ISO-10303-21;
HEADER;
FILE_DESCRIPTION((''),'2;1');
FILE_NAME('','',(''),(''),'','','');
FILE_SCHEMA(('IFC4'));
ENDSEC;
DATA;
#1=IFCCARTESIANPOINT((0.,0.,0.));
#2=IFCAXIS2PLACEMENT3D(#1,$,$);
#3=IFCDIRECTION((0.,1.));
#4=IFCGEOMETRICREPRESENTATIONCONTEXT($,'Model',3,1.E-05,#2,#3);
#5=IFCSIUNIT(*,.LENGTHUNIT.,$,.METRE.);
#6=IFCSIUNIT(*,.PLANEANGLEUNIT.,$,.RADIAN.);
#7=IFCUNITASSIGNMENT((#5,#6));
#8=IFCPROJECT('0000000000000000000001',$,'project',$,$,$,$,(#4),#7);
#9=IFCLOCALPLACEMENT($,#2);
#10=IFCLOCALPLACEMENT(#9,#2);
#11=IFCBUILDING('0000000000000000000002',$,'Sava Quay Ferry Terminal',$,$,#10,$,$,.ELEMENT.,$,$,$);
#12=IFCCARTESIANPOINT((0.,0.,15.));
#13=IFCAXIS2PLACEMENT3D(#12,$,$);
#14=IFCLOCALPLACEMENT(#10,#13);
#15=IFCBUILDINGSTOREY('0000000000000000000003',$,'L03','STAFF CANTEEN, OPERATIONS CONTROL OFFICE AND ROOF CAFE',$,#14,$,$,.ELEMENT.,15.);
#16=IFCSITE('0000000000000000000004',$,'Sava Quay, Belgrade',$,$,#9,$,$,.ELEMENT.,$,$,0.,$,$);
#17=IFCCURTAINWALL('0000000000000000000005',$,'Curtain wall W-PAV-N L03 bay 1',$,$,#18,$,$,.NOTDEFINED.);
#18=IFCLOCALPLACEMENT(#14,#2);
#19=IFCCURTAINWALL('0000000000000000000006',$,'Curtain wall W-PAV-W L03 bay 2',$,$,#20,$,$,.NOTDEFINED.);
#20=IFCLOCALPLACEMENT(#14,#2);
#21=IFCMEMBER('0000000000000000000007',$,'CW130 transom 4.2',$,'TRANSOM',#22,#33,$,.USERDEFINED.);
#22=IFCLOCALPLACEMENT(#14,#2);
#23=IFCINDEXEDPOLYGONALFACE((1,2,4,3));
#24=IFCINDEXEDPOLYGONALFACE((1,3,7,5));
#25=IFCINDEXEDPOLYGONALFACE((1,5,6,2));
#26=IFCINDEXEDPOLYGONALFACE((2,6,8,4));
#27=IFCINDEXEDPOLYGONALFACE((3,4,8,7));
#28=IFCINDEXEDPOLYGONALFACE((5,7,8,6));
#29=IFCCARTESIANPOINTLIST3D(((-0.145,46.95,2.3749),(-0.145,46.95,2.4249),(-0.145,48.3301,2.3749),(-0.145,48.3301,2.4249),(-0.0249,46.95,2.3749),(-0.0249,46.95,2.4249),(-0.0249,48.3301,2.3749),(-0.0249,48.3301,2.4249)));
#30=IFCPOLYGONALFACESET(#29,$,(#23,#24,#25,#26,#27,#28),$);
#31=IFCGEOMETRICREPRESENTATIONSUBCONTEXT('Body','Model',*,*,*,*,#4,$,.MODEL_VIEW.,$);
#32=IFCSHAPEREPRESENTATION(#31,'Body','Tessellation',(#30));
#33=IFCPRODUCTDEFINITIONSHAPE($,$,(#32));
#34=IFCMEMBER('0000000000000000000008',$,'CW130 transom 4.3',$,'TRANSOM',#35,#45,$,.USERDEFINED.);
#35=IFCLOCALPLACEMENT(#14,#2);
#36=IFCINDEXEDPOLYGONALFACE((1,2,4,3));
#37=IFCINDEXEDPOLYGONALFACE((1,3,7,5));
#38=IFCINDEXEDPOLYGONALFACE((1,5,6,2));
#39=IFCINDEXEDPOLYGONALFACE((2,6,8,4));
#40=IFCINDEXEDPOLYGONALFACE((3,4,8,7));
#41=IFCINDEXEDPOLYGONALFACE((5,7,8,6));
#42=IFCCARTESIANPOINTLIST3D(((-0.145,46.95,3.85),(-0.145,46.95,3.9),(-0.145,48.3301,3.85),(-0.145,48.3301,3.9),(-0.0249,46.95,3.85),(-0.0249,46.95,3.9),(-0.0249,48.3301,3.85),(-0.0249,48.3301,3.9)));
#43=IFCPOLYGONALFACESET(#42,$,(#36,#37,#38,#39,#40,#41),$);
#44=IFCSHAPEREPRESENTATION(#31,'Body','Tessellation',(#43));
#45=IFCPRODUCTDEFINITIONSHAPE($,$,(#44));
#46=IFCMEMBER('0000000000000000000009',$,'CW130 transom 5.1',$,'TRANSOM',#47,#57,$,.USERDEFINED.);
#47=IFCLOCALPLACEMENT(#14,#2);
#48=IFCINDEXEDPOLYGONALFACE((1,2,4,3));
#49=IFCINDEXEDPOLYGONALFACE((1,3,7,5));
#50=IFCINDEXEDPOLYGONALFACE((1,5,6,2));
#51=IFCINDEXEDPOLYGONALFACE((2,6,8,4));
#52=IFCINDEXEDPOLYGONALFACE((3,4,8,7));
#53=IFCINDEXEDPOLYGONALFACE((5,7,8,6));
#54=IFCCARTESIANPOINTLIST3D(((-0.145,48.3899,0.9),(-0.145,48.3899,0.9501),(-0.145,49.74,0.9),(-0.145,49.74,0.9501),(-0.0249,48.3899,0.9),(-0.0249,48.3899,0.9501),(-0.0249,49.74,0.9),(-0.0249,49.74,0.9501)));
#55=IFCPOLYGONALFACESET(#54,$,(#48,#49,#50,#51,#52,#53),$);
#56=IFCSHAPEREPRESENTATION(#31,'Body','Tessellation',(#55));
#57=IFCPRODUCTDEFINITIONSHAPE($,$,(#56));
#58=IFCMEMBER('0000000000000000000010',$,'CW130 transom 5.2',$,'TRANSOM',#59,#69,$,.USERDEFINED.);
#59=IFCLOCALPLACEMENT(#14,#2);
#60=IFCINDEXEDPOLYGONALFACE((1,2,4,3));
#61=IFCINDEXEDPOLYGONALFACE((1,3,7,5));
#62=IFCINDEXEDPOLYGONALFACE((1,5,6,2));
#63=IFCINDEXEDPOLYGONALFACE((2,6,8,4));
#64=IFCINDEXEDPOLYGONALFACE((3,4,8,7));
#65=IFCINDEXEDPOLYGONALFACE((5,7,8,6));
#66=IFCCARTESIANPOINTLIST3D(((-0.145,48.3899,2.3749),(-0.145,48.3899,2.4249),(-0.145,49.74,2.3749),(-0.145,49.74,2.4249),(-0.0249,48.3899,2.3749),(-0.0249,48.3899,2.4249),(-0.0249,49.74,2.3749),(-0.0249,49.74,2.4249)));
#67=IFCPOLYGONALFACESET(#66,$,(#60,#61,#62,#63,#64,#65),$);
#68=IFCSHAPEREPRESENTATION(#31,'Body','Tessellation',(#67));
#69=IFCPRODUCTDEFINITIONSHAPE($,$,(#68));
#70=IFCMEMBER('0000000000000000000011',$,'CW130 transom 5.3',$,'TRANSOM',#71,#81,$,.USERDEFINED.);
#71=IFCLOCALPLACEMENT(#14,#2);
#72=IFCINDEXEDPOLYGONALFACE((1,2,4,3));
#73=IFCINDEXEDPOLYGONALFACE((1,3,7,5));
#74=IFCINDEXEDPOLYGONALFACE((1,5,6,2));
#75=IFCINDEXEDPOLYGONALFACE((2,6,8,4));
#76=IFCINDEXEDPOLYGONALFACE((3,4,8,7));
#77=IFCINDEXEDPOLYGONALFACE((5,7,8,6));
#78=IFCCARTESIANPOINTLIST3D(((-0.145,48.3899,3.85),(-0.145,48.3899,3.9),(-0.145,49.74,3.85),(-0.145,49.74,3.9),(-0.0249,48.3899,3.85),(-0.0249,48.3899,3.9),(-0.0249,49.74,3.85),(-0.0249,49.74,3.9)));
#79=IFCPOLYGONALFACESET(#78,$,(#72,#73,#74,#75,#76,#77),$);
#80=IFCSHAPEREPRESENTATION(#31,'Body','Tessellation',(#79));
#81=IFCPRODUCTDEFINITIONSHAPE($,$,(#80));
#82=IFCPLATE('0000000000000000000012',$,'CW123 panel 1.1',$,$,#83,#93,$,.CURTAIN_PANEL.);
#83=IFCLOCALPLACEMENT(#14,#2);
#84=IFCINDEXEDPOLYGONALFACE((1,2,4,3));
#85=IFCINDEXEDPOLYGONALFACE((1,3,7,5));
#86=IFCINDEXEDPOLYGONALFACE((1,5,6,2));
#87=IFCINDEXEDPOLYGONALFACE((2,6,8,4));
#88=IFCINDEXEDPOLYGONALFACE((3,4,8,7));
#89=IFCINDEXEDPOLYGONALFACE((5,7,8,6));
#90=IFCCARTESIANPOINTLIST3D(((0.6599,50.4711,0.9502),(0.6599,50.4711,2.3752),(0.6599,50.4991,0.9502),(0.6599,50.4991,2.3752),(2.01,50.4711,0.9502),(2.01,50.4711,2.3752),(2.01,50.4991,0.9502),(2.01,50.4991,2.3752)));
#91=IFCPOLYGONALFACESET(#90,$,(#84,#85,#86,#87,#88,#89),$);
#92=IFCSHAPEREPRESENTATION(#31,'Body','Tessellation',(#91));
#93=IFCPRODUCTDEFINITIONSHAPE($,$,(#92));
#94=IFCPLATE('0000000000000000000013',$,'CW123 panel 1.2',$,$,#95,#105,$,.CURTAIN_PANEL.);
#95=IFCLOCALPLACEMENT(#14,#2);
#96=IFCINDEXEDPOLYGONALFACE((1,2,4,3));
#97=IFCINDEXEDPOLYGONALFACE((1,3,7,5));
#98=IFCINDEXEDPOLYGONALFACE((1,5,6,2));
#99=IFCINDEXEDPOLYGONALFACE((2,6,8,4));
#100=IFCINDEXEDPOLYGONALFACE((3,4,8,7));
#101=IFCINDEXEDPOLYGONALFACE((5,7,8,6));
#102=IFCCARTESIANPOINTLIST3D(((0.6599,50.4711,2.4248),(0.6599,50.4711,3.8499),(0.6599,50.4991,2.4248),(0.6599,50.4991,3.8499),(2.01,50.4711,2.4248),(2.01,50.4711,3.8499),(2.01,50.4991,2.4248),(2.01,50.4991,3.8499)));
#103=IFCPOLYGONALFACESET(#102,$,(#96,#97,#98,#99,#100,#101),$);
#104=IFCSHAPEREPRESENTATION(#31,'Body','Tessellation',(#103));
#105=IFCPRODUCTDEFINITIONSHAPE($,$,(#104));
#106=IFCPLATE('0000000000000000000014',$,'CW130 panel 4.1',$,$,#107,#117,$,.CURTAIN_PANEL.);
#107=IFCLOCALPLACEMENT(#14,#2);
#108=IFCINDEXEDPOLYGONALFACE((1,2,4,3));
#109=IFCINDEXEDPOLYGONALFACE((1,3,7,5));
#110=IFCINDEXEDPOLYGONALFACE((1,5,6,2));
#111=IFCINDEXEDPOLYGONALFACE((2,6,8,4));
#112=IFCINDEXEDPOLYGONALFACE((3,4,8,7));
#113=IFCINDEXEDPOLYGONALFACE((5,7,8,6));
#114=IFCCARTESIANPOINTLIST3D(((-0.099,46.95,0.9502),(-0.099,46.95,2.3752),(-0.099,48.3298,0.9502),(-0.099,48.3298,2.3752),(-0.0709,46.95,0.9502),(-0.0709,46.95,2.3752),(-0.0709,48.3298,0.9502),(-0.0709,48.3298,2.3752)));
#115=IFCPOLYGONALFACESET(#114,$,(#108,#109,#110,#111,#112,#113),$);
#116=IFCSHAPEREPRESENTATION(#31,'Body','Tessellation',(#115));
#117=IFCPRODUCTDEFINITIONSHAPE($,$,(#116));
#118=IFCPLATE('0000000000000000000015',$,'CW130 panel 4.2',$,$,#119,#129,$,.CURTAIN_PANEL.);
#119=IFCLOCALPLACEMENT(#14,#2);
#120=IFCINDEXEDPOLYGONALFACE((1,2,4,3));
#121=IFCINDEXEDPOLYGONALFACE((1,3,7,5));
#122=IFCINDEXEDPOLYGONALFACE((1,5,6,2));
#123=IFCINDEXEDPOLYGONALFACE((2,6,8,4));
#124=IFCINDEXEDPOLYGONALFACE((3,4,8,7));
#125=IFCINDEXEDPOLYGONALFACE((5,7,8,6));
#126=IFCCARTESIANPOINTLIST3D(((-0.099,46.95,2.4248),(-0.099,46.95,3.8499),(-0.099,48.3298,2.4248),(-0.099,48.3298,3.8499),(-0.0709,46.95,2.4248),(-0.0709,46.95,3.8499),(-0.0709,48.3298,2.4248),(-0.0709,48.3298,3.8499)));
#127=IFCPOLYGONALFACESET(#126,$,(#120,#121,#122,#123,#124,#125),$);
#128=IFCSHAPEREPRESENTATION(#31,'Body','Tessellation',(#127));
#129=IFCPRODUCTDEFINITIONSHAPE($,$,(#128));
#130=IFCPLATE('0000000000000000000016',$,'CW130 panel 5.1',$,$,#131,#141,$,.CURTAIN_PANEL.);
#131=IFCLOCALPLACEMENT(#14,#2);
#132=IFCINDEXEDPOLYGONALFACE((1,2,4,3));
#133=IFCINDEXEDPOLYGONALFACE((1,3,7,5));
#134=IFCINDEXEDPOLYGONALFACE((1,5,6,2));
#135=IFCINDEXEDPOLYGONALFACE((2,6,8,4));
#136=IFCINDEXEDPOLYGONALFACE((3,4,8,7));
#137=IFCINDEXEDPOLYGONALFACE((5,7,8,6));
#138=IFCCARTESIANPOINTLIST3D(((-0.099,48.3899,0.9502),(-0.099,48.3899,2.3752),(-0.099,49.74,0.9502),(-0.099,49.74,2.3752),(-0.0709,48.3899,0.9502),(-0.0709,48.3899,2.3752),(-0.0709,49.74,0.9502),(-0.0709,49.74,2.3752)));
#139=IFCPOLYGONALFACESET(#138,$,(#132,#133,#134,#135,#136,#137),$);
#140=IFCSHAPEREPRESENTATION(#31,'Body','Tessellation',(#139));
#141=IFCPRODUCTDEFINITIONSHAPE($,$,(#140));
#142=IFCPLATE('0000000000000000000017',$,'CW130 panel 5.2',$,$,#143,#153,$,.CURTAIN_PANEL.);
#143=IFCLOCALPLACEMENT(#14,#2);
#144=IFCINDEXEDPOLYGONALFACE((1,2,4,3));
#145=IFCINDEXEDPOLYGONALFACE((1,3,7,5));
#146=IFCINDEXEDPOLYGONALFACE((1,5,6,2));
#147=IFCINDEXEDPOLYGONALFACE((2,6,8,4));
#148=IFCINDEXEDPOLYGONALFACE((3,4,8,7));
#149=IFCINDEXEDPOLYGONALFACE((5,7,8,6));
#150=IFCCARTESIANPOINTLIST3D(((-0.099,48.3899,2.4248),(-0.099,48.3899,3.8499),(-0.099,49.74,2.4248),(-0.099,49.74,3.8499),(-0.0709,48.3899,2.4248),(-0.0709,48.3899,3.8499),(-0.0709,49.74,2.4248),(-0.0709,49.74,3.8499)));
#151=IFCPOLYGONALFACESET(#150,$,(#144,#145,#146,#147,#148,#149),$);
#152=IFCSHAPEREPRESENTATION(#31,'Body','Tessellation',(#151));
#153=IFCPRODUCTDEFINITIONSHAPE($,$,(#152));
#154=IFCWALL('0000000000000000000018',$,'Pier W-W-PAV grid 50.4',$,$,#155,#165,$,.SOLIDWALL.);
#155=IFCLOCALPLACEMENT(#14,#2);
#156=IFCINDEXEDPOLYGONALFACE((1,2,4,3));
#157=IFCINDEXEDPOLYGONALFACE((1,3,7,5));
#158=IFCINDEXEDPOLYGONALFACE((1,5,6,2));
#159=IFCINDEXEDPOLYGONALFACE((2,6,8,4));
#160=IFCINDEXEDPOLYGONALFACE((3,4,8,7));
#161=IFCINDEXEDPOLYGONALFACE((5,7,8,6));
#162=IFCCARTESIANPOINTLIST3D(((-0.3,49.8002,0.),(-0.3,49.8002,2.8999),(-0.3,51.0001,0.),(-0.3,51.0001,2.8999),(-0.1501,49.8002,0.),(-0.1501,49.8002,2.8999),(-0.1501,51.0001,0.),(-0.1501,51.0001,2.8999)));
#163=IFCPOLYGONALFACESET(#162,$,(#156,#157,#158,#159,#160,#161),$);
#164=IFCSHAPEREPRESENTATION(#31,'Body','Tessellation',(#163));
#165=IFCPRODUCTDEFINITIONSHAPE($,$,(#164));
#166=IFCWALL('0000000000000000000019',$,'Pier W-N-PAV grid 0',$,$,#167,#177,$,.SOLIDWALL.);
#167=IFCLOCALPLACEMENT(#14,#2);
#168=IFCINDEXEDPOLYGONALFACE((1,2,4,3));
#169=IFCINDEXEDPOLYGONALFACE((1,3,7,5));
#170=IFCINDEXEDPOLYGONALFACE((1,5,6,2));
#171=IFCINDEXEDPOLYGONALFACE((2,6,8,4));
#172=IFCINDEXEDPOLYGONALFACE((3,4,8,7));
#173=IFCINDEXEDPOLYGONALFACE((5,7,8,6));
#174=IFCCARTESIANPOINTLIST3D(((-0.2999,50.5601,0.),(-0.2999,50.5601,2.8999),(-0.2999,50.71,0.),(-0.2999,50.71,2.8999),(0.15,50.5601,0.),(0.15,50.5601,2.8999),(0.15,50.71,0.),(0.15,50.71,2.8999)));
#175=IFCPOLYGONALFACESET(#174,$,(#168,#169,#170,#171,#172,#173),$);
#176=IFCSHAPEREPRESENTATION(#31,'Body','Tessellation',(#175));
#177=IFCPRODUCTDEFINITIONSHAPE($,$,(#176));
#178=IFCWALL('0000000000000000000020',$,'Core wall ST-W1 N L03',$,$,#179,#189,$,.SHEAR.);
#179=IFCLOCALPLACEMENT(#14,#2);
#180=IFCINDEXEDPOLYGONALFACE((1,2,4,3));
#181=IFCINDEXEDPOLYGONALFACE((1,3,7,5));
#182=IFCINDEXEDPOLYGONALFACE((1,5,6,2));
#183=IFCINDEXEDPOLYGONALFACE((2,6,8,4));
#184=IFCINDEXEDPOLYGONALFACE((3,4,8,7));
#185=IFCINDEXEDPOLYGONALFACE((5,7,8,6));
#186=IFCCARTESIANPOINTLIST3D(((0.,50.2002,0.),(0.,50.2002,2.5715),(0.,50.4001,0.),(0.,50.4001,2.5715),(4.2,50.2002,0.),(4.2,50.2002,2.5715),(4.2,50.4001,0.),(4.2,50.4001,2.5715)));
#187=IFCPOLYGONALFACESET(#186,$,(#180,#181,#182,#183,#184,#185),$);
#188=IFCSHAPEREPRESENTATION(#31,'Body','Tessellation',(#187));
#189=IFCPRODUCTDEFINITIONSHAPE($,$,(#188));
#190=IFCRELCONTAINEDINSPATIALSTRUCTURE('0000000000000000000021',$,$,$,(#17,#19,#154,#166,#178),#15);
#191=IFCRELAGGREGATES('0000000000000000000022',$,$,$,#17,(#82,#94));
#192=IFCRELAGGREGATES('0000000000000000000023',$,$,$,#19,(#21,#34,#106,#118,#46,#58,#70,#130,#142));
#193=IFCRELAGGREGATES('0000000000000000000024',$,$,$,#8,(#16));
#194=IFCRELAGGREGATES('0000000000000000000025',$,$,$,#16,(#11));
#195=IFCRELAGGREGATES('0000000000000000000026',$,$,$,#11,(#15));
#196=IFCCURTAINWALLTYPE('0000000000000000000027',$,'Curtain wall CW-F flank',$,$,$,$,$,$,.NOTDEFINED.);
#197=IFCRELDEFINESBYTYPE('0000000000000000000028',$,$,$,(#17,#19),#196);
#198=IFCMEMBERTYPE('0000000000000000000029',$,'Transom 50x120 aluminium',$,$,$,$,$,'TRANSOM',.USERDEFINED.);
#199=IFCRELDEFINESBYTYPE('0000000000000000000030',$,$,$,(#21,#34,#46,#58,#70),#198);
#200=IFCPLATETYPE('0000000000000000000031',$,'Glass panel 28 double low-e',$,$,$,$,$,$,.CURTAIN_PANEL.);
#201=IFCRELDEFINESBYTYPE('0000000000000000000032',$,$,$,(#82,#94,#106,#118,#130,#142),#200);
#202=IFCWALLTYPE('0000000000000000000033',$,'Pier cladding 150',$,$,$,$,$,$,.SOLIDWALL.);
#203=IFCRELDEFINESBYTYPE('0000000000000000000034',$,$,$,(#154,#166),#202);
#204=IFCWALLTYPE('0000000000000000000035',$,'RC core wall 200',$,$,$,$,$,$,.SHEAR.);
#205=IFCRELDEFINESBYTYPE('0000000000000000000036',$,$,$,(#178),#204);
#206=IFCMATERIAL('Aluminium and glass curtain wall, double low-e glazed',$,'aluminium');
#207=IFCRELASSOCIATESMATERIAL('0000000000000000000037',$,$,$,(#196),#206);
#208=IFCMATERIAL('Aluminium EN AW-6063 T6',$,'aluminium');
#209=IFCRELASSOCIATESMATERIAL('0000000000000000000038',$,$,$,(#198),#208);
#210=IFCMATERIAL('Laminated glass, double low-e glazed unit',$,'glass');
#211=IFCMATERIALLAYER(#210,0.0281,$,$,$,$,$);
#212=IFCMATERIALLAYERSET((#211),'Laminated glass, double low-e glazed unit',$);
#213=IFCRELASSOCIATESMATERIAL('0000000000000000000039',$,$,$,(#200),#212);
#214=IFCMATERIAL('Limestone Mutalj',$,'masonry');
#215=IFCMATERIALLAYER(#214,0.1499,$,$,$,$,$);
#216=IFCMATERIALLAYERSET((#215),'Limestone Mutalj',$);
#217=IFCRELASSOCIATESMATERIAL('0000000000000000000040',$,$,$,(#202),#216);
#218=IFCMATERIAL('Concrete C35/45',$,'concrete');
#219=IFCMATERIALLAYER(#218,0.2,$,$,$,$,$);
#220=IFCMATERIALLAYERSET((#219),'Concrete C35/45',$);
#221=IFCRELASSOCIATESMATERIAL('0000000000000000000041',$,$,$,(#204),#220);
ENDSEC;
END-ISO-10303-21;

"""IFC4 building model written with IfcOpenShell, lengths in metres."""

from ifc_helpers import new_model, si_unit, direction, frame, frame_2d, origin, origin_2d, place, context, subcontext, project, spatial, polyline, rectangle, outline, extrude, material, layer, layer_set, material_profile, profile_set, type_object, element, aggregate, save


model = new_model("IFC4")

# Units and contexts
model_context = context("Model", 3, precision=1e-05, world=origin(), true_north=direction((0.0, 1.0)))
body_context = subcontext(model_context, "Body", "Model", "MODEL_VIEW")
ifc_project = project(units=[si_unit("LENGTHUNIT", "METRE"), si_unit("PLANEANGLEUNIT", "RADIAN")], contexts=[model_context])

# Site, building, storey
site_placement = place(None, origin())
site = spatial("IfcSite", under=ifc_project, at=site_placement, Name="Sava Quay, Belgrade", CompositionType="ELEMENT", RefElevation=0.0)
building_placement = place(site_placement, origin())
building = spatial("IfcBuilding", under=site, at=building_placement, Name="Sava Quay Ferry Terminal", CompositionType="ELEMENT")
storey_placement = place(building_placement, frame((0.0, 0.0, 15.0)))
storey = spatial("IfcBuildingStorey", under=building, at=storey_placement, Name="L03", Description="STAFF CANTEEN, OPERATIONS CONTROL OFFICE AND ROOF CAFE", CompositionType="ELEMENT", Elevation=15.0)

# Curtain walls
ifc_material_1 = material(Name="Aluminium and glass curtain wall, double low-e glazed", Category="aluminium")
curtain_wall_type = type_object("IfcCurtainWallType", Name="Curtain wall CW-F flank", PredefinedType="NOTDEFINED", material=ifc_material_1)
curtain_wall_1_placement = place(storey_placement, origin())
curtain_wall_1 = element("IfcCurtainWall", 1, at=curtain_wall_1_placement, inside=storey, type_object=curtain_wall_type, Name="Curtain wall W-PAV-N L03 bay 1", PredefinedType="NOTDEFINED")
curtain_wall_2_placement = place(storey_placement, origin())
curtain_wall_2 = element("IfcCurtainWall", 2, at=curtain_wall_2_placement, inside=storey, type_object=curtain_wall_type, Name="Curtain wall W-PAV-W L03 bay 2", PredefinedType="NOTDEFINED")

# Members
ifc_material_2 = material(Name="Aluminium EN AW-6063 T6", Category="aluminium")
ifc_material_profile_1 = material_profile(ifc_material_2, rectangle(XDim=0.1201, YDim=0.05, at=origin_2d()), Name="Transom 50x120 aluminium")
ifc_profile_set_1 = profile_set([ifc_material_profile_1], Name="Aluminium EN AW-6063 T6")
member_type_1 = type_object("IfcMemberType", Name="Transom 50x120 aluminium", ElementType="TRANSOM", PredefinedType="USERDEFINED", material=ifc_profile_set_1)
member_1_placement = place(storey_placement, frame((-0.085, 46.95, 2.3999), z_axis=(0.0, 1.0, 0.0), x_axis=(-1.0, 0.0, 0.0)))
member_1 = element("IfcMember", 3, at=member_1_placement, type_object=member_type_1, Name="CW130 transom 4.2", ObjectType="TRANSOM", PredefinedType="USERDEFINED", context=body_context, shape_type="SweptSolid", body=[
    extrude(rectangle(XDim=0.1201, YDim=0.05, at=origin_2d()), origin(), (0.0, 0.0, 1.0), 1.3801),
])
member_2_placement = place(storey_placement, frame((-0.085, 46.95, 3.875), z_axis=(0.0, 1.0, 0.0), x_axis=(-1.0, 0.0, 0.0)))
member_2 = element("IfcMember", 4, at=member_2_placement, type_object=member_type_1, Name="CW130 transom 4.3", ObjectType="TRANSOM", PredefinedType="USERDEFINED", context=body_context, shape_type="SweptSolid", body=[
    extrude(rectangle(XDim=0.1201, YDim=0.05, at=origin_2d()), origin(), (0.0, 0.0, 1.0), 1.3801),
])
member_3_placement = place(storey_placement, frame((-0.085, 48.3899, 0.925), z_axis=(0.0, 1.0, 0.0), x_axis=(-1.0, 0.0, 0.0)))
member_3 = element("IfcMember", 5, at=member_3_placement, type_object=member_type_1, Name="CW130 transom 5.1", ObjectType="TRANSOM", PredefinedType="USERDEFINED", context=body_context, shape_type="SweptSolid", body=[
    extrude(rectangle(XDim=0.1201, YDim=0.05, at=origin_2d()), origin(), (0.0, 0.0, 1.0), 1.3501),
])
member_4_placement = place(storey_placement, frame((-0.085, 48.3899, 2.3999), z_axis=(0.0, 1.0, 0.0), x_axis=(-1.0, 0.0, 0.0)))
member_4 = element("IfcMember", 6, at=member_4_placement, type_object=member_type_1, Name="CW130 transom 5.2", ObjectType="TRANSOM", PredefinedType="USERDEFINED", context=body_context, shape_type="SweptSolid", body=[
    extrude(rectangle(XDim=0.1201, YDim=0.05, at=origin_2d()), origin(), (0.0, 0.0, 1.0), 1.3501),
])
member_5_placement = place(storey_placement, frame((-0.085, 48.3899, 3.875), z_axis=(0.0, 1.0, 0.0), x_axis=(-1.0, 0.0, 0.0)))
member_5 = element("IfcMember", 7, at=member_5_placement, type_object=member_type_1, Name="CW130 transom 5.3", ObjectType="TRANSOM", PredefinedType="USERDEFINED", context=body_context, shape_type="SweptSolid", body=[
    extrude(rectangle(XDim=0.1201, YDim=0.05, at=origin_2d()), origin(), (0.0, 0.0, 1.0), 1.3501),
])

# Plates
ifc_material_3 = material(Name="Laminated glass, double low-e glazed unit", Category="glass")
ifc_layer_1 = layer(ifc_material_3, 0.0281)
ifc_layer_set_1 = layer_set([ifc_layer_1], Name="Laminated glass, double low-e glazed unit")
plate_type = type_object("IfcPlateType", Name="Glass panel 28 double low-e", PredefinedType="CURTAIN_PANEL", material=ifc_layer_set_1)
plate_1_placement = place(storey_placement, frame((1.335, 50.4851, 0.9502), z_axis=(0.0, 0.0, 1.0), x_axis=(1.0, 0.0, 0.0)))
plate_1 = element("IfcPlate", 8, at=plate_1_placement, type_object=plate_type, Name="CW123 panel 1.1", PredefinedType="CURTAIN_PANEL", context=body_context, shape_type="SweptSolid", body=[
    extrude(rectangle(XDim=1.3501, YDim=0.0281, at=origin_2d()), origin(), (0.0, 0.0, 1.0), 1.425),
])
plate_2_placement = place(storey_placement, frame((1.335, 50.4851, 2.4248), z_axis=(0.0, 0.0, 1.0), x_axis=(1.0, 0.0, 0.0)))
plate_2 = element("IfcPlate", 9, at=plate_2_placement, type_object=plate_type, Name="CW123 panel 1.2", PredefinedType="CURTAIN_PANEL", context=body_context, shape_type="SweptSolid", body=[
    extrude(rectangle(XDim=1.3501, YDim=0.0281, at=origin_2d()), origin(), (0.0, 0.0, 1.0), 1.425),
])
aggregate(curtain_wall_1, [plate_1, plate_2])
plate_3_placement = place(storey_placement, frame((-0.085, 47.6399, 0.9502), z_axis=(0.0, 0.0, 1.0), x_axis=(0.0, 1.0, 0.0)))
plate_3 = element("IfcPlate", 10, at=plate_3_placement, type_object=plate_type, Name="CW130 panel 4.1", PredefinedType="CURTAIN_PANEL", context=body_context, shape_type="SweptSolid", body=[
    extrude(rectangle(XDim=1.3799, YDim=0.0281, at=origin_2d()), origin(), (0.0, 0.0, 1.0), 1.425),
])
plate_4_placement = place(storey_placement, frame((-0.085, 47.6399, 2.4248), z_axis=(0.0, 0.0, 1.0), x_axis=(0.0, 1.0, 0.0)))
plate_4 = element("IfcPlate", 11, at=plate_4_placement, type_object=plate_type, Name="CW130 panel 4.2", PredefinedType="CURTAIN_PANEL", context=body_context, shape_type="SweptSolid", body=[
    extrude(rectangle(XDim=1.3799, YDim=0.0281, at=origin_2d()), origin(), (0.0, 0.0, 1.0), 1.425),
])
plate_5_placement = place(storey_placement, frame((-0.085, 49.0649, 0.9502), z_axis=(0.0, 0.0, 1.0), x_axis=(0.0, 1.0, 0.0)))
plate_5 = element("IfcPlate", 12, at=plate_5_placement, type_object=plate_type, Name="CW130 panel 5.1", PredefinedType="CURTAIN_PANEL", context=body_context, shape_type="SweptSolid", body=[
    extrude(rectangle(XDim=1.3501, YDim=0.0281, at=origin_2d()), origin(), (0.0, 0.0, 1.0), 1.425),
])
plate_6_placement = place(storey_placement, frame((-0.085, 49.0649, 2.4248), z_axis=(0.0, 0.0, 1.0), x_axis=(0.0, 1.0, 0.0)))
plate_6 = element("IfcPlate", 13, at=plate_6_placement, type_object=plate_type, Name="CW130 panel 5.2", PredefinedType="CURTAIN_PANEL", context=body_context, shape_type="SweptSolid", body=[
    extrude(rectangle(XDim=1.3501, YDim=0.0281, at=origin_2d()), origin(), (0.0, 0.0, 1.0), 1.425),
])
aggregate(curtain_wall_2, [member_1, member_2, plate_3, plate_4, member_3, member_4, member_5, plate_5, plate_6])

# Walls
ifc_material_4 = material(Name="Limestone Mutalj", Category="masonry")
ifc_layer_2 = layer(ifc_material_4, 0.1499)
ifc_layer_set_2 = layer_set([ifc_layer_2], Name="Limestone Mutalj")
wall_type_1 = type_object("IfcWallType", Name="Pier cladding 150", PredefinedType="SOLIDWALL", material=ifc_layer_set_2)
wall_1_placement = place(storey_placement, frame((-0.2251, 49.8, 0.0), z_axis=(0.0, 0.0, 1.0), x_axis=(0.0, 1.0, 0.0)))
element("IfcWall", 14, at=wall_1_placement, inside=storey, type_object=wall_type_1, Name="Pier W-W-PAV grid 50.4", PredefinedType="SOLIDWALL", context=body_context, shape_type="SweptSolid", body=[
    extrude(rectangle(XDim=1.2, YDim=0.1499, at=frame_2d((0.6001, 0.0))), origin(), (0.0, 0.0, 1.0), 2.8999),
])
wall_2_placement = place(storey_placement, frame((-0.3, 50.635, 0.0), z_axis=(0.0, 0.0, 1.0), x_axis=(1.0, 0.0, 0.0)))
element("IfcWall", 15, at=wall_2_placement, inside=storey, type_object=wall_type_1, Name="Pier W-N-PAV grid 0", PredefinedType="SOLIDWALL", context=body_context, shape_type="SweptSolid", body=[
    extrude(rectangle(XDim=0.45, YDim=0.1499, at=frame_2d((0.2251, 0.0))), origin(), (0.0, 0.0, 1.0), 2.8999),
])
ifc_material_5 = material(Name="Concrete C35/45", Category="concrete")
ifc_layer_3 = layer(ifc_material_5, 0.2)
ifc_layer_set_3 = layer_set([ifc_layer_3], Name="Concrete C35/45")
wall_type_2 = type_object("IfcWallType", Name="RC core wall 200", PredefinedType="SHEAR", material=ifc_layer_set_3)
wall_3_placement = place(storey_placement, frame((0.0, 50.3, 0.0), z_axis=(0.0, 0.0, 1.0), x_axis=(1.0, 0.0, 0.0)))
element("IfcWall", 16, at=wall_3_placement, inside=storey, type_object=wall_type_2, Name="Core wall ST-W1 N L03", PredefinedType="SHEAR", context=body_context, shape_type="SweptSolid", body=[
    extrude(outline(polyline([(0.0, 0.0), (4.2, 0.0), (4.2, 2.5715), (0.0, 2.5715), (0.0, 0.0)])), frame((0.0, 0.1001, 0.0), z_axis=(0.0, -1.0, 0.0), x_axis=(1.0, 0.0, 0.0)), (0.0, 0.0, 1.0), 0.2),
])

save(model, "model.ifc")
